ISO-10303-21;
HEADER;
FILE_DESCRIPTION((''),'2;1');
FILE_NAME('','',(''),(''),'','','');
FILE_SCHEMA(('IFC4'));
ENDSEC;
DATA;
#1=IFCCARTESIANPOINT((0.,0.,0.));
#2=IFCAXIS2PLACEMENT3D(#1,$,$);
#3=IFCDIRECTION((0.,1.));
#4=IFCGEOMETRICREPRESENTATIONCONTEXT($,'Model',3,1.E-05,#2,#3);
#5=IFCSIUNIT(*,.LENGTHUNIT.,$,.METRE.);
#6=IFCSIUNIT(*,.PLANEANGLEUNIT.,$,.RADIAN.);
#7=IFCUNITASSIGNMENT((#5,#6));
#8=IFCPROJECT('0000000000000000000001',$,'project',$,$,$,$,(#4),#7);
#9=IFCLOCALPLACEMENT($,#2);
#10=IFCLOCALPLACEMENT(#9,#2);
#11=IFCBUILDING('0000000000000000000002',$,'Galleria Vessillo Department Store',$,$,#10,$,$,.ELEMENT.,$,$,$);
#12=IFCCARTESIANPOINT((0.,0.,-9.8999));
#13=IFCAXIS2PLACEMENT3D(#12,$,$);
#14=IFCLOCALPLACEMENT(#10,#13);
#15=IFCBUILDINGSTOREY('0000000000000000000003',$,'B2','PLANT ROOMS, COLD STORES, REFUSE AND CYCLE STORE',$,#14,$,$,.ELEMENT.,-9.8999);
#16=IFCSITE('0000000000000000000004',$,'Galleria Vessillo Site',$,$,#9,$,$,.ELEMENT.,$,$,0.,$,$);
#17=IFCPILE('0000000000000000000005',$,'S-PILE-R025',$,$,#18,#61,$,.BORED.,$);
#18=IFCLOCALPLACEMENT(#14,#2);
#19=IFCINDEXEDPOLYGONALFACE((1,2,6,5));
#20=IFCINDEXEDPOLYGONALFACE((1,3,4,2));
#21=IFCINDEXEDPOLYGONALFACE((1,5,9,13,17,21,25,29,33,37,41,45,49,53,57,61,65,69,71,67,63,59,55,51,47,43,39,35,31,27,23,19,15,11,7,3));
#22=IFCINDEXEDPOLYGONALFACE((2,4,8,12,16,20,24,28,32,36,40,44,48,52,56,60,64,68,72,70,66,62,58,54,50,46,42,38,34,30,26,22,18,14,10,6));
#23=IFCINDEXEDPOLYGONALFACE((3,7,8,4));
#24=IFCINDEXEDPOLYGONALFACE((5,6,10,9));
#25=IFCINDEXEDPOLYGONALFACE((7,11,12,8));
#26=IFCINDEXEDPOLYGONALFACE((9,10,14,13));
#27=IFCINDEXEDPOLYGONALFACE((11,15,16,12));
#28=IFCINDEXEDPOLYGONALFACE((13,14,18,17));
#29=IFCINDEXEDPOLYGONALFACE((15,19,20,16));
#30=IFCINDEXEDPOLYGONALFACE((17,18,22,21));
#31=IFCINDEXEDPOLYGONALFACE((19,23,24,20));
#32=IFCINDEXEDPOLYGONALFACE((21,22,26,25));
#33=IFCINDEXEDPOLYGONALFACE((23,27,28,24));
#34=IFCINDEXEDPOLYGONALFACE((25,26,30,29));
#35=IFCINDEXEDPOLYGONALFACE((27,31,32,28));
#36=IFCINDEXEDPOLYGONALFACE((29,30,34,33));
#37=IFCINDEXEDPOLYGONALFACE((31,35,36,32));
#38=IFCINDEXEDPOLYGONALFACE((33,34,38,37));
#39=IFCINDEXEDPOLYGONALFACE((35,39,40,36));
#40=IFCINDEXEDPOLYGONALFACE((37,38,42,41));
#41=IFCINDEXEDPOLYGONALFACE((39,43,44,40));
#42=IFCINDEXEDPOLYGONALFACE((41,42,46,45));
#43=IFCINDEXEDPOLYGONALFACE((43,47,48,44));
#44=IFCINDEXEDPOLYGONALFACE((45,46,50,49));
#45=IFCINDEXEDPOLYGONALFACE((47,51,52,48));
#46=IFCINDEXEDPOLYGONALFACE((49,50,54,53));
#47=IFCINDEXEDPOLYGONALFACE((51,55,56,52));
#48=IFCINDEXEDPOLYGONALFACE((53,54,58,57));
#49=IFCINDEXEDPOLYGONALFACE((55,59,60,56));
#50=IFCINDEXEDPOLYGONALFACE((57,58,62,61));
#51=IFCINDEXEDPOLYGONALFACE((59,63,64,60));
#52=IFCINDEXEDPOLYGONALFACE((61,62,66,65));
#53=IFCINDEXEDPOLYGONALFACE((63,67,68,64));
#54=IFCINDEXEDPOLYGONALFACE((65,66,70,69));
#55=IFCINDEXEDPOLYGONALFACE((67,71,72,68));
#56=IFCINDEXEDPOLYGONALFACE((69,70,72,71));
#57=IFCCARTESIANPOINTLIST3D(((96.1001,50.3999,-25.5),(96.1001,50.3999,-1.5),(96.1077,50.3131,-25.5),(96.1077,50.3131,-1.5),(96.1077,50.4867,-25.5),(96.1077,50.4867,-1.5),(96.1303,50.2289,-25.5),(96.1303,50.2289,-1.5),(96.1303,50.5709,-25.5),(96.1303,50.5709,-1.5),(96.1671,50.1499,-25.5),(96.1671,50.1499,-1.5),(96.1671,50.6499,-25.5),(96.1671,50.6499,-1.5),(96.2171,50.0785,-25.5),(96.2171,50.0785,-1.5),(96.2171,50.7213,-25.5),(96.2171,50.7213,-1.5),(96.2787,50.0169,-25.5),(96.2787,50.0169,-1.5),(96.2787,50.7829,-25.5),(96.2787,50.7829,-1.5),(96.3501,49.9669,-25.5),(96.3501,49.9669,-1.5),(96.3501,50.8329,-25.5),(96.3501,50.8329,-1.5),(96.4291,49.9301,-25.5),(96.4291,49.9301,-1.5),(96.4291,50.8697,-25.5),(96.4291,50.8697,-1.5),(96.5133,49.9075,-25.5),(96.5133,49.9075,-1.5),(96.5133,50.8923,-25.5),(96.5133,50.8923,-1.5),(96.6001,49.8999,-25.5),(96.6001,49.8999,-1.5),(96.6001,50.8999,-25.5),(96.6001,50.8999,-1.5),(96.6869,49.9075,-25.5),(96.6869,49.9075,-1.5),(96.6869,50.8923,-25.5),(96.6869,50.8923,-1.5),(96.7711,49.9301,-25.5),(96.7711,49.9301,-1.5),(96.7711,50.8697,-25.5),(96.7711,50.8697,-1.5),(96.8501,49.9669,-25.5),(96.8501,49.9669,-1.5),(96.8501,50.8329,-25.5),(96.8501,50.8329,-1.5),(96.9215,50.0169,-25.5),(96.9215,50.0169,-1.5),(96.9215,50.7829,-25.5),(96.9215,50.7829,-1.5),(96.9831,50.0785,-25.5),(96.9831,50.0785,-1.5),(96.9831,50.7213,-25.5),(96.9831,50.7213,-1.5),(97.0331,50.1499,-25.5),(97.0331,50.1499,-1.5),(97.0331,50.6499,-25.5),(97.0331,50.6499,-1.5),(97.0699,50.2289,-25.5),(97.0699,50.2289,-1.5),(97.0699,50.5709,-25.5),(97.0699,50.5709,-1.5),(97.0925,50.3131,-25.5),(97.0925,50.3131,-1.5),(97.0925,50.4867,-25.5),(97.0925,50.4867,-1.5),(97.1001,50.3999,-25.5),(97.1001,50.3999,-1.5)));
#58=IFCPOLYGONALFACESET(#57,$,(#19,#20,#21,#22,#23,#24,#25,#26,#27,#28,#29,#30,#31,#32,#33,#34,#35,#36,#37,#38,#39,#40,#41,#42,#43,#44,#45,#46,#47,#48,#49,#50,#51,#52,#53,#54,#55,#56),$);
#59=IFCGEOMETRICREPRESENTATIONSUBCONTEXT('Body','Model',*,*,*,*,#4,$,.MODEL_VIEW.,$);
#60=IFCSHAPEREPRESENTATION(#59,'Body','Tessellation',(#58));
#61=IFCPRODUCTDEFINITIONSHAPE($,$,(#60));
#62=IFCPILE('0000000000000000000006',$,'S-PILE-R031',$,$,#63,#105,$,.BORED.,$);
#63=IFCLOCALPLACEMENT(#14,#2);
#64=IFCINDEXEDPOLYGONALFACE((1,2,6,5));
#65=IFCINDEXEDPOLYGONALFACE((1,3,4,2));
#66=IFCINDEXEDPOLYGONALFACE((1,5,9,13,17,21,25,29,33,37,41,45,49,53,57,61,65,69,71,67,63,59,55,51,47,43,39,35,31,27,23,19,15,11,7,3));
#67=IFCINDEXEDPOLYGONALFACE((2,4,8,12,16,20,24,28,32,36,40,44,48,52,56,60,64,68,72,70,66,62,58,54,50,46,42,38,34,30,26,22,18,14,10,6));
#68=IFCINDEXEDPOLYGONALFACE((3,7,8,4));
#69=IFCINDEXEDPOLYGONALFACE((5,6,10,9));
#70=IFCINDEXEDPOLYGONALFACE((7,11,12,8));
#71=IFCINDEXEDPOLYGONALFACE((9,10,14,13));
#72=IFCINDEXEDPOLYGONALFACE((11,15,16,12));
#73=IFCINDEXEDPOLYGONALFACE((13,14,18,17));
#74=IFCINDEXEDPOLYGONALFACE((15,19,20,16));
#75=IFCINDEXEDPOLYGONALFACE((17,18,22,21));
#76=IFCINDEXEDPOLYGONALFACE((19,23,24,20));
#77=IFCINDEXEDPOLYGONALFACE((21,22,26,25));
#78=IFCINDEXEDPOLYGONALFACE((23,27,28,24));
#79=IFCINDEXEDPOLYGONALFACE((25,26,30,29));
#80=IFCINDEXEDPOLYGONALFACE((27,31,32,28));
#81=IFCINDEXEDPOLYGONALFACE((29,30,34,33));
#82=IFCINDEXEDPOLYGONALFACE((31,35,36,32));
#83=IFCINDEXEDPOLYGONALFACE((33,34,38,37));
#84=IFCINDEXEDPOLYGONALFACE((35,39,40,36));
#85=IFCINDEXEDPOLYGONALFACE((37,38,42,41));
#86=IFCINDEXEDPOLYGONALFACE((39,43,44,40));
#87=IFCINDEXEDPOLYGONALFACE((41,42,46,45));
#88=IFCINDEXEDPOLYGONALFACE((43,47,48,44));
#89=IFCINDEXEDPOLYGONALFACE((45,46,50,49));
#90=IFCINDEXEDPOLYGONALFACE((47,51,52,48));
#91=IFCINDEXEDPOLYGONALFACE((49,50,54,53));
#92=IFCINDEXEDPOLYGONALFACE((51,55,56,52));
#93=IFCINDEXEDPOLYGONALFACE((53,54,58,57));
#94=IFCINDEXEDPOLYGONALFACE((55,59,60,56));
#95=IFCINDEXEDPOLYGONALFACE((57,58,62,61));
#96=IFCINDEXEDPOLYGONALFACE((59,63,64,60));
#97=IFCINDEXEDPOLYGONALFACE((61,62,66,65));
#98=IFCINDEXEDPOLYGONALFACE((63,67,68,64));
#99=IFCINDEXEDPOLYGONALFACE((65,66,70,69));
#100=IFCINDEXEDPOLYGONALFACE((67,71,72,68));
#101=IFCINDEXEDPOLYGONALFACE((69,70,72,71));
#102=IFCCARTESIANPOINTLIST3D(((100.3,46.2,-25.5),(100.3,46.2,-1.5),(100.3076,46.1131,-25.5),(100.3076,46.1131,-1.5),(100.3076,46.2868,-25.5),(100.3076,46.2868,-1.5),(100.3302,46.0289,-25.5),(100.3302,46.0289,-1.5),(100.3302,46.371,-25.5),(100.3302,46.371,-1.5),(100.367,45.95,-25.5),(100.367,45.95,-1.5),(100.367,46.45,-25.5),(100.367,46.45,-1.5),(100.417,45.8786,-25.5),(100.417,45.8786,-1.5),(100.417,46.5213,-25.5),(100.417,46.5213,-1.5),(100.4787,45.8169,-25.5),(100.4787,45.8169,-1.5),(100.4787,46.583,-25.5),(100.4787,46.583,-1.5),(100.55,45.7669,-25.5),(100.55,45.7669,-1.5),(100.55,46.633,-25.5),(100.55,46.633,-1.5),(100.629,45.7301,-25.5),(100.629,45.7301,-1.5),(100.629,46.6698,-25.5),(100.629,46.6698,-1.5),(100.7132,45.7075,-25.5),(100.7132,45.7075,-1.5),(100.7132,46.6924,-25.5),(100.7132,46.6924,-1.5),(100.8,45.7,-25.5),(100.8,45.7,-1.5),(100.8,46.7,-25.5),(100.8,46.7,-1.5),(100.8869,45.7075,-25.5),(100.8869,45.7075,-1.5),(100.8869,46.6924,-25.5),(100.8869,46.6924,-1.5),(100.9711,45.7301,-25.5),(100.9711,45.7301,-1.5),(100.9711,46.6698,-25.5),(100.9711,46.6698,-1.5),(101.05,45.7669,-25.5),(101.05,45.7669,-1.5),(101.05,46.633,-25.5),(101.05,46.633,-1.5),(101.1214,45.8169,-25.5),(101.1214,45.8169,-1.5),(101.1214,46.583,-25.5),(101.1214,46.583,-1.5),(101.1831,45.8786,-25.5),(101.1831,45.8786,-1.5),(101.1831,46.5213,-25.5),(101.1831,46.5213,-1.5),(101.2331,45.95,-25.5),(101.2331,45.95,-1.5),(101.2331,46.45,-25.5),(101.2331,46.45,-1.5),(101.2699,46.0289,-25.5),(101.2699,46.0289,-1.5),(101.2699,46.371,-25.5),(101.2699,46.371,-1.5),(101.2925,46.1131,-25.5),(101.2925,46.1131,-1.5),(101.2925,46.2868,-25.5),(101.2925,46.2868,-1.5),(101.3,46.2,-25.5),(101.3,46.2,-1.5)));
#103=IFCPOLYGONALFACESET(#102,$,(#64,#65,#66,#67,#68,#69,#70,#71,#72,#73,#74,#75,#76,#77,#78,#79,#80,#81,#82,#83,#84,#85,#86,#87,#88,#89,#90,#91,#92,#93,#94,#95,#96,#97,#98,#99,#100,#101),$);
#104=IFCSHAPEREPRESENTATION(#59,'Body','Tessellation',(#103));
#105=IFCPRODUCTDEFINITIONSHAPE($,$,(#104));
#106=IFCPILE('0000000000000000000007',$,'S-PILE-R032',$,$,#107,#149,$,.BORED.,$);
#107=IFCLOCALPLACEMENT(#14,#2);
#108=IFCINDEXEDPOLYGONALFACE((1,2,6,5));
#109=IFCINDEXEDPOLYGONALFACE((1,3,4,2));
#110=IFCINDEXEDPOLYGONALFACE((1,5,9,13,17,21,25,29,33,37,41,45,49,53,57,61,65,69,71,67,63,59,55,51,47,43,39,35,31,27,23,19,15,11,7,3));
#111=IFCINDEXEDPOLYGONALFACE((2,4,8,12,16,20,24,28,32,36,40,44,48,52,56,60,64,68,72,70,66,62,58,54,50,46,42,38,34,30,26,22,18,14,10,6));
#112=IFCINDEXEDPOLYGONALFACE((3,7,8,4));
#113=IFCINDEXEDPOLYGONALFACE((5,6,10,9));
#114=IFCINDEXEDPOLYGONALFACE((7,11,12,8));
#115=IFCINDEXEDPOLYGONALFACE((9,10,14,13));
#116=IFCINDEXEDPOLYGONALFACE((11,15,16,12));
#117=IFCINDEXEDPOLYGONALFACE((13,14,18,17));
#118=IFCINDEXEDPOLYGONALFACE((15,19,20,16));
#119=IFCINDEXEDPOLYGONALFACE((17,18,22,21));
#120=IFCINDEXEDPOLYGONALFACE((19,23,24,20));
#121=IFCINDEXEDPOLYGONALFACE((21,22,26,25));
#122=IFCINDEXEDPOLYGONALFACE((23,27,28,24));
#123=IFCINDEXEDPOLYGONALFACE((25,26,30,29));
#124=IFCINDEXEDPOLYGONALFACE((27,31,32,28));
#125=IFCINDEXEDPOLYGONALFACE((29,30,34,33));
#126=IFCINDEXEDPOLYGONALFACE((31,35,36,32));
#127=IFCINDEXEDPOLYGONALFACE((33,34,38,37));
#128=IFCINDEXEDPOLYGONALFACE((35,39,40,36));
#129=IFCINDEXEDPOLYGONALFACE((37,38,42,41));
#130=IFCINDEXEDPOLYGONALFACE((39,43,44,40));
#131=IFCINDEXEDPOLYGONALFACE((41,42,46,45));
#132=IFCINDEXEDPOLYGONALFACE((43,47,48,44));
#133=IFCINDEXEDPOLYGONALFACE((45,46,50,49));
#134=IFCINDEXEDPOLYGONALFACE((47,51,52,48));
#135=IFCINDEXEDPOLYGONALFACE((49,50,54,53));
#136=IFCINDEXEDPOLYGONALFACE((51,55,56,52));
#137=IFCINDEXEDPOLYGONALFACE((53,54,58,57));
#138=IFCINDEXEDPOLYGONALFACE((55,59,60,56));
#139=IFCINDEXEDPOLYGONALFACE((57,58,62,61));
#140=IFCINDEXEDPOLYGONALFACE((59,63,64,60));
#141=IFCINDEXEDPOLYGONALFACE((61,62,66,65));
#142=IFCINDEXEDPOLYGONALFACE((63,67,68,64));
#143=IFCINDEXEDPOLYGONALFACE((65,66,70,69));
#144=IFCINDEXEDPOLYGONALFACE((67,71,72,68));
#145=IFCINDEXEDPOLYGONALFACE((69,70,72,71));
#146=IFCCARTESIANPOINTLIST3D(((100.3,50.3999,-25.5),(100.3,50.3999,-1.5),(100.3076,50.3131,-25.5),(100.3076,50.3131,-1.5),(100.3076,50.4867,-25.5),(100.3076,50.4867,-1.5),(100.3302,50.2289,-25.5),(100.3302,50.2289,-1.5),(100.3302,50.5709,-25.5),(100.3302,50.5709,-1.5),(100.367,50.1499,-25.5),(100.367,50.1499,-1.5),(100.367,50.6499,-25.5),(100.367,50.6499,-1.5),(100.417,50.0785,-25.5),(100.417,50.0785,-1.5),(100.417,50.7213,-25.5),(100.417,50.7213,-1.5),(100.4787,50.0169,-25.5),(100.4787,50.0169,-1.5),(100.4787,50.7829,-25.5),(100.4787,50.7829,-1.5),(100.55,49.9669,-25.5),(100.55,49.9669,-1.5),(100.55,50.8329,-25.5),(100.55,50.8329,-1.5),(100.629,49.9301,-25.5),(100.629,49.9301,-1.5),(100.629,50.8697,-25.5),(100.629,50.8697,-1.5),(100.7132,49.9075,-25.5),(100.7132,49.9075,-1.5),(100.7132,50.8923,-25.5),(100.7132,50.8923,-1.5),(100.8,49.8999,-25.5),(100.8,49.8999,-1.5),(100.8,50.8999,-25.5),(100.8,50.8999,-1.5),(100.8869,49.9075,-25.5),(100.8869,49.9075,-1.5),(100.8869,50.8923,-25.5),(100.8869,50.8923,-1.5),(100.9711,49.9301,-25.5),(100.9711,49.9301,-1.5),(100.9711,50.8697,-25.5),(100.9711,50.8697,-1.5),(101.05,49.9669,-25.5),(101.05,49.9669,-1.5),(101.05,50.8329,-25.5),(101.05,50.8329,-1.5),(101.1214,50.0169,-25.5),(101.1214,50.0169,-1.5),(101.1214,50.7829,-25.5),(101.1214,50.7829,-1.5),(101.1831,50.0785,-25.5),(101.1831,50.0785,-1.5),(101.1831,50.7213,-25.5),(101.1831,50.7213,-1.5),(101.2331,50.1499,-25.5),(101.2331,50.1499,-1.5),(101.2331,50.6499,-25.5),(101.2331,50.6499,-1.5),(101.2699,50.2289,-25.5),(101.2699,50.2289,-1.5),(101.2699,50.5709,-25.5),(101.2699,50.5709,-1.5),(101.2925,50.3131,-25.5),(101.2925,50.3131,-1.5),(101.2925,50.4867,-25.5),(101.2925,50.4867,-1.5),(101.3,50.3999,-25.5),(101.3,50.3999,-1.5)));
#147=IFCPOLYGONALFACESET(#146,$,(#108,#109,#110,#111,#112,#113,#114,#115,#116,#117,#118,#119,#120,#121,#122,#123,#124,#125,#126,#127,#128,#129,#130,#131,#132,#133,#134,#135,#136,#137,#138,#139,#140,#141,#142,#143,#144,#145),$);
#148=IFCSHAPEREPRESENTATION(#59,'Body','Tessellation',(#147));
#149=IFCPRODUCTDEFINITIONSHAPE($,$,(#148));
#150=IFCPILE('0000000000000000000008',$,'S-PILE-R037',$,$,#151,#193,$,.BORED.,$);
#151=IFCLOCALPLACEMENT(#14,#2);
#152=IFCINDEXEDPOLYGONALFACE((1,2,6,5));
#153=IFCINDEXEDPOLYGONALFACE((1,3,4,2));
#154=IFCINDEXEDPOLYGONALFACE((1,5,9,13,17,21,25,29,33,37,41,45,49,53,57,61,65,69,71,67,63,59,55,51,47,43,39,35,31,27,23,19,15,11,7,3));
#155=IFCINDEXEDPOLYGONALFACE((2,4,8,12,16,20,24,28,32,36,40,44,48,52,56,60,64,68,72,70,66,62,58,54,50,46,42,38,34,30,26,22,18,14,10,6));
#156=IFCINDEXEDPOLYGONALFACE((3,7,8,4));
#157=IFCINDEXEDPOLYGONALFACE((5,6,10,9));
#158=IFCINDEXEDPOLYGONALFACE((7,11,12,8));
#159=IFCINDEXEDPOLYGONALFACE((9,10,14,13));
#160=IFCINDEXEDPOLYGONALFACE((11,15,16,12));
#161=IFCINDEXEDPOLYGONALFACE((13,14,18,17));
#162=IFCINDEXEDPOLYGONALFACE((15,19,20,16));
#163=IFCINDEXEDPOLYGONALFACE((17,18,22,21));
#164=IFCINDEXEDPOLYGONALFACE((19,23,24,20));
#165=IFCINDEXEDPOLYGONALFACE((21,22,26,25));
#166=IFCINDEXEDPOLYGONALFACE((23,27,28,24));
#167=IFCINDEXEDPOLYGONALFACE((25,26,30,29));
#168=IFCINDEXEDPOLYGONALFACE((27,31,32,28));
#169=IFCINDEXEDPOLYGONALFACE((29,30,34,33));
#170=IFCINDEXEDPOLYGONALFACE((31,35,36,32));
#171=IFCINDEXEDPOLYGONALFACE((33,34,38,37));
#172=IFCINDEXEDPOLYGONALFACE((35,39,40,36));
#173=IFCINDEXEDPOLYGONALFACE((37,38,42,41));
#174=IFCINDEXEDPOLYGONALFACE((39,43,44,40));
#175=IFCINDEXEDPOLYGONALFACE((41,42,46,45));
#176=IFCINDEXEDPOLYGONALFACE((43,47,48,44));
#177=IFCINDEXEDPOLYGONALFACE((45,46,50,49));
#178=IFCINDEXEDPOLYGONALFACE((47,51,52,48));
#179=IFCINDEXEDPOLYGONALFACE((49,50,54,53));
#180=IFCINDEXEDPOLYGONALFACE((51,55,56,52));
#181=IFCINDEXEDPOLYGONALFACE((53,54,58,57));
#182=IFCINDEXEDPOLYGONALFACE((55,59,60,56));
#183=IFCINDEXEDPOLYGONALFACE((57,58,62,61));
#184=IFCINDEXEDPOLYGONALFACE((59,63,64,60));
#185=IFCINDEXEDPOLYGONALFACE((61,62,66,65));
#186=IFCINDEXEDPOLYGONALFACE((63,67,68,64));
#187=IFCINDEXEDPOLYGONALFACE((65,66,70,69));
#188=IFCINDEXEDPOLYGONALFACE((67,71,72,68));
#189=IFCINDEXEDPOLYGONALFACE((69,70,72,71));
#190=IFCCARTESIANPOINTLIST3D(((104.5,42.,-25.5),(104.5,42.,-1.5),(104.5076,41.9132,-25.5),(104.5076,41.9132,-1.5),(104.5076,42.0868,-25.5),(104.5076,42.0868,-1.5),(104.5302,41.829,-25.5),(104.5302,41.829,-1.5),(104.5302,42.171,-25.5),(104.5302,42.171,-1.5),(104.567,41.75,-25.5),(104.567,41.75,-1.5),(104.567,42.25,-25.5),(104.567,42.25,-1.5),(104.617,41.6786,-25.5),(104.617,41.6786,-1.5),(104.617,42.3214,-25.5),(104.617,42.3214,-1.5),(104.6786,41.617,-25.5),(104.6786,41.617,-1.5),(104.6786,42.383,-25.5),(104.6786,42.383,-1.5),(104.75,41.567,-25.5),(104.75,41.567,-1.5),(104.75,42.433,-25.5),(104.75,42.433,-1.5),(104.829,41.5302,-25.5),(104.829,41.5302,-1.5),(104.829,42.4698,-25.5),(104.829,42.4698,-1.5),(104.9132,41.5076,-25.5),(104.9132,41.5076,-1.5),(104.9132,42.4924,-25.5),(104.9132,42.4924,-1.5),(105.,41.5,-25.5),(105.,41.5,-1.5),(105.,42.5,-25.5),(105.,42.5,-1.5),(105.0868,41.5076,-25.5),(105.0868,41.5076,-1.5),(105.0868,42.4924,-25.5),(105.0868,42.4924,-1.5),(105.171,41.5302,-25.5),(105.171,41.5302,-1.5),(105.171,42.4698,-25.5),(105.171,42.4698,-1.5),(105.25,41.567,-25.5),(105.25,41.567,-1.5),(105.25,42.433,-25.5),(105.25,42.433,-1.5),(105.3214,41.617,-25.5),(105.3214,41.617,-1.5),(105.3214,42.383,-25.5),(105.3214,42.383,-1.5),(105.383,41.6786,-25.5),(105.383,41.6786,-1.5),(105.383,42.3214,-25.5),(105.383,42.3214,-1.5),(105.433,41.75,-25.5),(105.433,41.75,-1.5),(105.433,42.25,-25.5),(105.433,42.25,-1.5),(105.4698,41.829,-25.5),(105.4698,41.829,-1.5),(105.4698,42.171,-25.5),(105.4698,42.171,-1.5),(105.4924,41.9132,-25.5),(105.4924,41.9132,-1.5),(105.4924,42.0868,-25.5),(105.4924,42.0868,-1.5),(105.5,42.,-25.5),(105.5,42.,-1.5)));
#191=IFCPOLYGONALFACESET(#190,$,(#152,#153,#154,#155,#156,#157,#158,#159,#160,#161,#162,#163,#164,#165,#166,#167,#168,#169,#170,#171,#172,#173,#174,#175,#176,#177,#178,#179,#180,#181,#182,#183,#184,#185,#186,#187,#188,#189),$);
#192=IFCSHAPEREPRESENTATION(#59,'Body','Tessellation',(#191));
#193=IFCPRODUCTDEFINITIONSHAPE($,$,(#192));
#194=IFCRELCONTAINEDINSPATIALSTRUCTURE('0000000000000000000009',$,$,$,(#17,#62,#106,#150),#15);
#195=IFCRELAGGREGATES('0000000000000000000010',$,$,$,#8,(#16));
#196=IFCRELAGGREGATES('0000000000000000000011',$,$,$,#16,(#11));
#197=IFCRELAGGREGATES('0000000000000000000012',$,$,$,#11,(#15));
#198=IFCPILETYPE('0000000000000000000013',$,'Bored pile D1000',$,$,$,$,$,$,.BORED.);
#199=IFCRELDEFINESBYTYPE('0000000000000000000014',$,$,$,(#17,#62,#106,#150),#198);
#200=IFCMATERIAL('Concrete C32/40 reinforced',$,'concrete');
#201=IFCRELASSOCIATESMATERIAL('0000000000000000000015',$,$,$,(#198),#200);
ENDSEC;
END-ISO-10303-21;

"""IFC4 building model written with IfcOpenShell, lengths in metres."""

from ifc_helpers import new_model, si_unit, direction, frame, origin, origin_2d, place, context, subcontext, project, spatial, circle, extrude, material, material_profile, profile_set, type_object, element, save


model = new_model("IFC4")

# Units and contexts
model_context = context("Model", 3, precision=1e-05, world=origin(), true_north=direction((0.0, 1.0)))
body_context = subcontext(model_context, "Body", "Model", "MODEL_VIEW")
ifc_project = project(units=[si_unit("LENGTHUNIT", "METRE"), si_unit("PLANEANGLEUNIT", "RADIAN")], contexts=[model_context])

# Site, building, storey
site_placement = place(None, origin())
site = spatial("IfcSite", under=ifc_project, at=site_placement, Name="Galleria Vessillo Site", CompositionType="ELEMENT", RefElevation=0.0)
building_placement = place(site_placement, origin())
building = spatial("IfcBuilding", under=site, at=building_placement, Name="Galleria Vessillo Department Store", CompositionType="ELEMENT")
storey_placement = place(building_placement, frame((0.0, 0.0, -9.8999)))
storey = spatial("IfcBuildingStorey", under=building, at=storey_placement, Name="B2", Description="PLANT ROOMS, COLD STORES, REFUSE AND CYCLE STORE", CompositionType="ELEMENT", Elevation=-9.8999)

# Piles
ifc_material_1 = material(Name="Concrete C32/40 reinforced", Category="concrete")
ifc_material_profile_1 = material_profile(ifc_material_1, circle(Radius=0.5, at=origin_2d()), Name="Bored pile D1000")
ifc_profile_set_1 = profile_set([ifc_material_profile_1], Name="Concrete C32/40 reinforced")
pile_type = type_object("IfcPileType", Name="Bored pile D1000", PredefinedType="BORED", material=ifc_profile_set_1)
for number, where, z_axis, x_axis, name in (
    (1, (96.6001, 50.3999, -1.5), (0.0, 0.0, -1.0), (1.0, 0.0, 0.0), "S-PILE-R025"),
    (2, (100.8, 46.2, -1.5), (0.0, 0.0, -1.0), (1.0, 0.0, 0.0), "S-PILE-R031"),
    (3, (100.8, 50.3999, -1.5), (0.0, 0.0, -1.0), (1.0, 0.0, 0.0), "S-PILE-R032"),
    (4, (105.0, 42.0, -1.5), (0.0, 0.0, -1.0), (1.0, 0.0, 0.0), "S-PILE-R037"),
):
    element("IfcPile", number, at=place(storey_placement, frame(where, z_axis=z_axis, x_axis=x_axis)), inside=storey, type_object=pile_type, Name=name, PredefinedType="BORED", context=body_context, shape_type="SweptSolid", body=[
        extrude(circle(Radius=0.5, at=origin_2d()), origin(), (0.0, 0.0, 1.0), 24.0),
    ])

save(model, "model.ifc")
